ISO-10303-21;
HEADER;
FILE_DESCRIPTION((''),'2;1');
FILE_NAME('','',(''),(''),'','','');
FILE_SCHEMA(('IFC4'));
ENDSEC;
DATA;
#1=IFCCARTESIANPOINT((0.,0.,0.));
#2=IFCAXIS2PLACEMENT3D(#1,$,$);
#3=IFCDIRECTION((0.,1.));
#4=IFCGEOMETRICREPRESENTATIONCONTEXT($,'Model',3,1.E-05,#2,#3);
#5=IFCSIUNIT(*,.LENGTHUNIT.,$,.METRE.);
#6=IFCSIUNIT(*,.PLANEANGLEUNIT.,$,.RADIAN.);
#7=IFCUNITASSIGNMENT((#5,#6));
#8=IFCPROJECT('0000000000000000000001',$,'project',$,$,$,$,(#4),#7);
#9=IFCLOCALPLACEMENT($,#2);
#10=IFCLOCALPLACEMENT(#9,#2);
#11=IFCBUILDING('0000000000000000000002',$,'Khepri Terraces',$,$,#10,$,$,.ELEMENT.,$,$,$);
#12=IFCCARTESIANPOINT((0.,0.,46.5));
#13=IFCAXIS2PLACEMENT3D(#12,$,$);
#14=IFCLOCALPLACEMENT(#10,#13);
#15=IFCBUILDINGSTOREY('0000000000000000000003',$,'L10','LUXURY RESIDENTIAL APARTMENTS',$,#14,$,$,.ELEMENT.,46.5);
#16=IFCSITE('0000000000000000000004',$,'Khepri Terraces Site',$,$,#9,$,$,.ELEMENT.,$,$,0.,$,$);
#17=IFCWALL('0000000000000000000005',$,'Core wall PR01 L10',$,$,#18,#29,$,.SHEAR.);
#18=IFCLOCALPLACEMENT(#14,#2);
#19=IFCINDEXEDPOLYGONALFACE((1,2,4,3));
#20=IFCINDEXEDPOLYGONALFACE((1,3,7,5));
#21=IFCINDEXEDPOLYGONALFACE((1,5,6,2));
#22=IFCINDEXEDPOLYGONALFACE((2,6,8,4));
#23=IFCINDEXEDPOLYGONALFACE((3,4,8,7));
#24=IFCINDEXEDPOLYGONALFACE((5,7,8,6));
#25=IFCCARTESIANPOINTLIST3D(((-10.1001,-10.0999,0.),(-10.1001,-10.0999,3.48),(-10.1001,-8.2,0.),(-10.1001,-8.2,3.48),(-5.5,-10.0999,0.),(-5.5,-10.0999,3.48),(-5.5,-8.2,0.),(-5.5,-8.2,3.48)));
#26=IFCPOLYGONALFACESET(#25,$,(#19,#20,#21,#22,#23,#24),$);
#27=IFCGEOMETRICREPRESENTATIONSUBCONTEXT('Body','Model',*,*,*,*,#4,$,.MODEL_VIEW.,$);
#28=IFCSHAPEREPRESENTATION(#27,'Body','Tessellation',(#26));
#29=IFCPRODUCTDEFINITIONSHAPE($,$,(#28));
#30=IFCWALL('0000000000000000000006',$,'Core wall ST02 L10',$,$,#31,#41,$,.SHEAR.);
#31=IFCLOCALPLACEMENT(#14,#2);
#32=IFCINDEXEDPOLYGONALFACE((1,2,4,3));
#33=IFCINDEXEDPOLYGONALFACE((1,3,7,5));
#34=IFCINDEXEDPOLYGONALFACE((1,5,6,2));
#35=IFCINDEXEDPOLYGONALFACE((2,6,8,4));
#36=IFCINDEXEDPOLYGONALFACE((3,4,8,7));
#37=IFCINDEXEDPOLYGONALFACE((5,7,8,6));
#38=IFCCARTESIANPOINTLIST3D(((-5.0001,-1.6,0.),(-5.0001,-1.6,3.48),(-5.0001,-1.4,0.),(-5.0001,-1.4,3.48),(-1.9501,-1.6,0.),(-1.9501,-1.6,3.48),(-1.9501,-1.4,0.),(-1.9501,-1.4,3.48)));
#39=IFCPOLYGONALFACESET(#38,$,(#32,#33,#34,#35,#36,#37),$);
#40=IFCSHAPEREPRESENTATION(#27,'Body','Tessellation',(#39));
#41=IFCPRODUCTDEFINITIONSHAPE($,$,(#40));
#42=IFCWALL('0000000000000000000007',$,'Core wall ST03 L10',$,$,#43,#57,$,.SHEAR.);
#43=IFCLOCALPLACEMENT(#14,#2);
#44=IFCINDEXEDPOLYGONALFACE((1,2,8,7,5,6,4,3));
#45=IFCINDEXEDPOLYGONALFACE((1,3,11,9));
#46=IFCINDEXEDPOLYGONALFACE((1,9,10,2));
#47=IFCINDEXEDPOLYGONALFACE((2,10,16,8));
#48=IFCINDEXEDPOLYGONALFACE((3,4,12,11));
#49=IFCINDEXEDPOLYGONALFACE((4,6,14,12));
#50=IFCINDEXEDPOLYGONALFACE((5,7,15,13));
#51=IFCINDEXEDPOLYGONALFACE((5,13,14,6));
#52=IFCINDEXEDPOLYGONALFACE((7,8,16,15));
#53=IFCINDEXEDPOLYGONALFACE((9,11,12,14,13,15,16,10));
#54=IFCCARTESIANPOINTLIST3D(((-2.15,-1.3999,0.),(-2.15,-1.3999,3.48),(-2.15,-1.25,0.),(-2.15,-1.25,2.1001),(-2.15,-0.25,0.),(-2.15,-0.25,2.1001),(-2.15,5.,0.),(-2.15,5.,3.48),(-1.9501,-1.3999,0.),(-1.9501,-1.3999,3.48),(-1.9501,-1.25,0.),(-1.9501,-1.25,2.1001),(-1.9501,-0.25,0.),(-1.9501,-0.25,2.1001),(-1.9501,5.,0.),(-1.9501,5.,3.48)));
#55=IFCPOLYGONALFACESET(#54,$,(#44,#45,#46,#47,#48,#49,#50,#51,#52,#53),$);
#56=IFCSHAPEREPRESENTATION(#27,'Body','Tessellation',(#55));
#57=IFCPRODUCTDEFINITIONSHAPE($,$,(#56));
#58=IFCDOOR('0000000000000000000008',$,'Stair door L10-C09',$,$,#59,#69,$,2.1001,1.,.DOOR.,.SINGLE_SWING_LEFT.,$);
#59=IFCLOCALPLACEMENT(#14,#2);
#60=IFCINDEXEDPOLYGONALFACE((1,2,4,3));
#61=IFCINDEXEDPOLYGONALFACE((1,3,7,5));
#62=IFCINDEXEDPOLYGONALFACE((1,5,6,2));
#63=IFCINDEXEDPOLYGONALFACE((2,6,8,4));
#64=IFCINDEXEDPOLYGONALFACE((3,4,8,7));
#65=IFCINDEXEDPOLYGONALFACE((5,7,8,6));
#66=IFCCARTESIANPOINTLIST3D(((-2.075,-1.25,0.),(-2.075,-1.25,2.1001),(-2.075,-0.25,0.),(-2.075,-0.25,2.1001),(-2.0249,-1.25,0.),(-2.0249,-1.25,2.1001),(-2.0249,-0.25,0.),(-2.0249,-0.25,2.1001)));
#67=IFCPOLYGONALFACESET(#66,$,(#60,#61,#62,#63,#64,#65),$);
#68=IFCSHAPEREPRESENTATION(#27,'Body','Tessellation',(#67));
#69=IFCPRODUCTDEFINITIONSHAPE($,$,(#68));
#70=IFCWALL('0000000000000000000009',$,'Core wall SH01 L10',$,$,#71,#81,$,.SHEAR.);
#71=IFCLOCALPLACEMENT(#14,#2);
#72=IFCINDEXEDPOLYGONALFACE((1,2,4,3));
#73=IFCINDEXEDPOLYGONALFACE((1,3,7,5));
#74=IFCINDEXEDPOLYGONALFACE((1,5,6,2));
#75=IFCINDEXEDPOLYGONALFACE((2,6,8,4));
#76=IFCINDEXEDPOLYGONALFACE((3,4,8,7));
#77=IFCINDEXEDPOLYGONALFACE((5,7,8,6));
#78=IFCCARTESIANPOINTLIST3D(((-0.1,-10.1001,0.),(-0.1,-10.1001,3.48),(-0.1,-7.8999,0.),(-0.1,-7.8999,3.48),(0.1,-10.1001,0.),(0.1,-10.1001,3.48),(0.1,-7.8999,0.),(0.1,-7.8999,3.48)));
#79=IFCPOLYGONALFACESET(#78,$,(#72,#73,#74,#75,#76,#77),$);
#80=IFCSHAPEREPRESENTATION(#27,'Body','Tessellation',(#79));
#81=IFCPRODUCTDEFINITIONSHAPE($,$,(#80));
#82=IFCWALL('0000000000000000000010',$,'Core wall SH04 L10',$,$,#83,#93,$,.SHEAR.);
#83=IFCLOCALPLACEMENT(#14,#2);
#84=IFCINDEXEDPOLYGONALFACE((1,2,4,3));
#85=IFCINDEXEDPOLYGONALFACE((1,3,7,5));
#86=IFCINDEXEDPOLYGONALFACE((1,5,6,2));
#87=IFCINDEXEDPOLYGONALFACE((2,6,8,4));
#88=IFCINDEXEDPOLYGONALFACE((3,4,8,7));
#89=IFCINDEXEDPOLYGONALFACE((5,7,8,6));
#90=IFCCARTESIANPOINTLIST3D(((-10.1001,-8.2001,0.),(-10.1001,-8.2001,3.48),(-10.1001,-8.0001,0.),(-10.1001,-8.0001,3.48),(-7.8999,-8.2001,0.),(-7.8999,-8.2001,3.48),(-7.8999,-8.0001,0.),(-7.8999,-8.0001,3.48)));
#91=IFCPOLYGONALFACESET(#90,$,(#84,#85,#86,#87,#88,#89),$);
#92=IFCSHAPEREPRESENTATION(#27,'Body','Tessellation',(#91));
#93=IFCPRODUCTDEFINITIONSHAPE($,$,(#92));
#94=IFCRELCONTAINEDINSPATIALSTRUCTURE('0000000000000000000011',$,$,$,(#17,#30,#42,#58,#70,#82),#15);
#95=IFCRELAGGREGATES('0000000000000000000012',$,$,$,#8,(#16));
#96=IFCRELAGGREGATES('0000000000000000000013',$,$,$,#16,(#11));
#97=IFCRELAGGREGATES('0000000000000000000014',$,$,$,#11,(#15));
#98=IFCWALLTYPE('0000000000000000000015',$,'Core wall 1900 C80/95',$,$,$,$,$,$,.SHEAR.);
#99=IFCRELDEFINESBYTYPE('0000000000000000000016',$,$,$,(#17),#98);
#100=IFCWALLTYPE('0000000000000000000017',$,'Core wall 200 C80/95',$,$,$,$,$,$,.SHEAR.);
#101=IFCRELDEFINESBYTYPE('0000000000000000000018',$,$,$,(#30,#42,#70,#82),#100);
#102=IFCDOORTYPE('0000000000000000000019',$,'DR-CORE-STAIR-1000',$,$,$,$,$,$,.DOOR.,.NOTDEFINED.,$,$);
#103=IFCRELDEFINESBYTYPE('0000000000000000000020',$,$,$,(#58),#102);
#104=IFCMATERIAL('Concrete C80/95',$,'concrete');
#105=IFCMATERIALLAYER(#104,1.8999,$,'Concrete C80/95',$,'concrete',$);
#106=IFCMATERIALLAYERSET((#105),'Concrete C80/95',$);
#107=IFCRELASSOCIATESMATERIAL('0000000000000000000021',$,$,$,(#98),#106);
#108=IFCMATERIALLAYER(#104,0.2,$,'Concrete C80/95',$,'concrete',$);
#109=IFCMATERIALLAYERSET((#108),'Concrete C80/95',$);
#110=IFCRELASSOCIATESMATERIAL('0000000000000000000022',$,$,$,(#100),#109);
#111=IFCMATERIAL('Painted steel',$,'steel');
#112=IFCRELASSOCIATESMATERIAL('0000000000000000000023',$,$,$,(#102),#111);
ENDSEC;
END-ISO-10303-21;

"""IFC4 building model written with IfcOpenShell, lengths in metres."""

from ifc_helpers import new_model, si_unit, direction, frame, frame_2d, origin, place, context, subcontext, project, spatial, rectangle, extrude, material, layer, layer_set, type_object, element, fill, save


model = new_model("IFC4")

# Units and contexts
model_context = context("Model", 3, precision=1e-05, world=origin(), true_north=direction((0.0, 1.0)))
body_context = subcontext(model_context, "Body", "Model", "MODEL_VIEW")
ifc_project = project(units=[si_unit("LENGTHUNIT", "METRE"), si_unit("PLANEANGLEUNIT", "RADIAN")], contexts=[model_context])

# Site, building, storey
site_placement = place(None, origin())
site = spatial("IfcSite", under=ifc_project, at=site_placement, Name="Khepri Terraces Site", CompositionType="ELEMENT", RefElevation=0.0)
building_placement = place(site_placement, origin())
building = spatial("IfcBuilding", under=site, at=building_placement, Name="Khepri Terraces", CompositionType="ELEMENT")
storey_placement = place(building_placement, frame((0.0, 0.0, 46.5)))
storey = spatial("IfcBuildingStorey", under=building, at=storey_placement, Name="L10", Description="LUXURY RESIDENTIAL APARTMENTS", CompositionType="ELEMENT", Elevation=46.5)

# Walls
ifc_material_1 = material(Name="Concrete C80/95", Category="concrete")
ifc_layer_1 = layer(ifc_material_1, 1.8999, Name="Concrete C80/95", Category="concrete")
ifc_layer_set_1 = layer_set([ifc_layer_1], Name="Concrete C80/95")
wall_type_1 = type_object("IfcWallType", Name="Core wall 1900 C80/95", PredefinedType="SHEAR", material=ifc_layer_set_1)
wall_1_placement = place(storey_placement, frame((-10.1001, -9.1499, 0.0), z_axis=(0.0, 0.0, 1.0), x_axis=(1.0, 0.0, 0.0)))
element("IfcWall", 1, at=wall_1_placement, inside=storey, type_object=wall_type_1, Name="Core wall PR01 L10", PredefinedType="SHEAR", context=body_context, shape_type="SweptSolid", body=[
    extrude(rectangle(XDim=4.6001, YDim=1.8999, at=frame_2d((2.3, 0.0))), origin(), (0.0, 0.0, 1.0), 3.48),
])
ifc_layer_2 = layer(ifc_material_1, 0.2, Name="Concrete C80/95", Category="concrete")
ifc_layer_set_2 = layer_set([ifc_layer_2], Name="Concrete C80/95")
wall_type_2 = type_object("IfcWallType", Name="Core wall 200 C80/95", PredefinedType="SHEAR", material=ifc_layer_set_2)
wall_2_placement = place(storey_placement, frame((-5.0, -1.5, 0.0), z_axis=(0.0, 0.0, 1.0), x_axis=(1.0, 0.0, 0.0)))
element("IfcWall", 2, at=wall_2_placement, inside=storey, type_object=wall_type_2, Name="Core wall ST02 L10", PredefinedType="SHEAR", context=body_context, shape_type="SweptSolid", body=[
    extrude(rectangle(XDim=3.05, YDim=0.2, at=frame_2d((1.5249, 0.0))), origin(), (0.0, 0.0, 1.0), 3.48),
])

# Wall, opening, door
wall_3_placement = place(storey_placement, frame((-2.05, -1.3999, 0.0), z_axis=(0.0, 0.0, 1.0), x_axis=(0.0, 1.0, 0.0)))
wall_3 = element("IfcWall", 3, at=wall_3_placement, inside=storey, type_object=wall_type_2, Name="Core wall ST03 L10", PredefinedType="SHEAR", context=body_context, shape_type="SweptSolid", body=[
    extrude(rectangle(XDim=6.3999, YDim=0.2, at=frame_2d((3.2, 0.0))), origin(), (0.0, 0.0, 1.0), 3.48),
])
opening_1_placement = place(wall_3_placement, frame((0.1499, 0.0, 0.0)))
opening_1 = element("IfcOpeningElement", 4, at=opening_1_placement, cuts=wall_3, PredefinedType="OPENING", context=body_context, shape_type="SweptSolid", body=[
    extrude(rectangle(XDim=1.0, YDim=2.1001, at=frame_2d((0.5, 1.05))), frame((0.0, 0.1099, 0.0), z_axis=(0.0, -1.0, 0.0), x_axis=(1.0, 0.0, 0.0)), (0.0, 0.0, 1.0), 0.22),
])
ifc_material_2 = material(Name="Painted steel", Category="steel")
door_type_1 = type_object("IfcDoorType", Name="DR-CORE-STAIR-1000", OperationType="NOTDEFINED", PredefinedType="DOOR", material=ifc_material_2)
door_1_placement = place(opening_1_placement, origin())
door_1 = element("IfcDoor", 5, at=door_1_placement, inside=storey, type_object=door_type_1, Name="Stair door L10-C09", OperationType="SINGLE_SWING_LEFT", OverallHeight=2.1001, OverallWidth=1.0, PredefinedType="DOOR", context=body_context, shape_type="SweptSolid", body=[
    extrude(rectangle(XDim=1.0, YDim=2.1001, at=frame_2d((0.5, 1.05))), frame((0.0, 0.0249, 0.0), z_axis=(0.0, -1.0, 0.0), x_axis=(1.0, 0.0, 0.0)), (0.0, 0.0, 1.0), 0.05),
])
fill(opening_1, door_1)

# Walls
for number, where, z_axis, x_axis, name in (
    (6, (0.0, -10.1001, 0.0), (0.0, 0.0, 1.0), (0.0, 1.0, 0.0), "Core wall SH01 L10"),
    (7, (-10.1001, -8.1001, 0.0), (0.0, 0.0, 1.0), (1.0, 0.0, 0.0), "Core wall SH04 L10"),
):
    element("IfcWall", number, at=place(storey_placement, frame(where, z_axis=z_axis, x_axis=x_axis)), inside=storey, type_object=wall_type_2, Name=name, PredefinedType="SHEAR", context=body_context, shape_type="SweptSolid", body=[
        extrude(rectangle(XDim=2.2002, YDim=0.2, at=frame_2d((1.1001, 0.0))), origin(), (0.0, 0.0, 1.0), 3.48),
    ])

save(model, "model.ifc")
